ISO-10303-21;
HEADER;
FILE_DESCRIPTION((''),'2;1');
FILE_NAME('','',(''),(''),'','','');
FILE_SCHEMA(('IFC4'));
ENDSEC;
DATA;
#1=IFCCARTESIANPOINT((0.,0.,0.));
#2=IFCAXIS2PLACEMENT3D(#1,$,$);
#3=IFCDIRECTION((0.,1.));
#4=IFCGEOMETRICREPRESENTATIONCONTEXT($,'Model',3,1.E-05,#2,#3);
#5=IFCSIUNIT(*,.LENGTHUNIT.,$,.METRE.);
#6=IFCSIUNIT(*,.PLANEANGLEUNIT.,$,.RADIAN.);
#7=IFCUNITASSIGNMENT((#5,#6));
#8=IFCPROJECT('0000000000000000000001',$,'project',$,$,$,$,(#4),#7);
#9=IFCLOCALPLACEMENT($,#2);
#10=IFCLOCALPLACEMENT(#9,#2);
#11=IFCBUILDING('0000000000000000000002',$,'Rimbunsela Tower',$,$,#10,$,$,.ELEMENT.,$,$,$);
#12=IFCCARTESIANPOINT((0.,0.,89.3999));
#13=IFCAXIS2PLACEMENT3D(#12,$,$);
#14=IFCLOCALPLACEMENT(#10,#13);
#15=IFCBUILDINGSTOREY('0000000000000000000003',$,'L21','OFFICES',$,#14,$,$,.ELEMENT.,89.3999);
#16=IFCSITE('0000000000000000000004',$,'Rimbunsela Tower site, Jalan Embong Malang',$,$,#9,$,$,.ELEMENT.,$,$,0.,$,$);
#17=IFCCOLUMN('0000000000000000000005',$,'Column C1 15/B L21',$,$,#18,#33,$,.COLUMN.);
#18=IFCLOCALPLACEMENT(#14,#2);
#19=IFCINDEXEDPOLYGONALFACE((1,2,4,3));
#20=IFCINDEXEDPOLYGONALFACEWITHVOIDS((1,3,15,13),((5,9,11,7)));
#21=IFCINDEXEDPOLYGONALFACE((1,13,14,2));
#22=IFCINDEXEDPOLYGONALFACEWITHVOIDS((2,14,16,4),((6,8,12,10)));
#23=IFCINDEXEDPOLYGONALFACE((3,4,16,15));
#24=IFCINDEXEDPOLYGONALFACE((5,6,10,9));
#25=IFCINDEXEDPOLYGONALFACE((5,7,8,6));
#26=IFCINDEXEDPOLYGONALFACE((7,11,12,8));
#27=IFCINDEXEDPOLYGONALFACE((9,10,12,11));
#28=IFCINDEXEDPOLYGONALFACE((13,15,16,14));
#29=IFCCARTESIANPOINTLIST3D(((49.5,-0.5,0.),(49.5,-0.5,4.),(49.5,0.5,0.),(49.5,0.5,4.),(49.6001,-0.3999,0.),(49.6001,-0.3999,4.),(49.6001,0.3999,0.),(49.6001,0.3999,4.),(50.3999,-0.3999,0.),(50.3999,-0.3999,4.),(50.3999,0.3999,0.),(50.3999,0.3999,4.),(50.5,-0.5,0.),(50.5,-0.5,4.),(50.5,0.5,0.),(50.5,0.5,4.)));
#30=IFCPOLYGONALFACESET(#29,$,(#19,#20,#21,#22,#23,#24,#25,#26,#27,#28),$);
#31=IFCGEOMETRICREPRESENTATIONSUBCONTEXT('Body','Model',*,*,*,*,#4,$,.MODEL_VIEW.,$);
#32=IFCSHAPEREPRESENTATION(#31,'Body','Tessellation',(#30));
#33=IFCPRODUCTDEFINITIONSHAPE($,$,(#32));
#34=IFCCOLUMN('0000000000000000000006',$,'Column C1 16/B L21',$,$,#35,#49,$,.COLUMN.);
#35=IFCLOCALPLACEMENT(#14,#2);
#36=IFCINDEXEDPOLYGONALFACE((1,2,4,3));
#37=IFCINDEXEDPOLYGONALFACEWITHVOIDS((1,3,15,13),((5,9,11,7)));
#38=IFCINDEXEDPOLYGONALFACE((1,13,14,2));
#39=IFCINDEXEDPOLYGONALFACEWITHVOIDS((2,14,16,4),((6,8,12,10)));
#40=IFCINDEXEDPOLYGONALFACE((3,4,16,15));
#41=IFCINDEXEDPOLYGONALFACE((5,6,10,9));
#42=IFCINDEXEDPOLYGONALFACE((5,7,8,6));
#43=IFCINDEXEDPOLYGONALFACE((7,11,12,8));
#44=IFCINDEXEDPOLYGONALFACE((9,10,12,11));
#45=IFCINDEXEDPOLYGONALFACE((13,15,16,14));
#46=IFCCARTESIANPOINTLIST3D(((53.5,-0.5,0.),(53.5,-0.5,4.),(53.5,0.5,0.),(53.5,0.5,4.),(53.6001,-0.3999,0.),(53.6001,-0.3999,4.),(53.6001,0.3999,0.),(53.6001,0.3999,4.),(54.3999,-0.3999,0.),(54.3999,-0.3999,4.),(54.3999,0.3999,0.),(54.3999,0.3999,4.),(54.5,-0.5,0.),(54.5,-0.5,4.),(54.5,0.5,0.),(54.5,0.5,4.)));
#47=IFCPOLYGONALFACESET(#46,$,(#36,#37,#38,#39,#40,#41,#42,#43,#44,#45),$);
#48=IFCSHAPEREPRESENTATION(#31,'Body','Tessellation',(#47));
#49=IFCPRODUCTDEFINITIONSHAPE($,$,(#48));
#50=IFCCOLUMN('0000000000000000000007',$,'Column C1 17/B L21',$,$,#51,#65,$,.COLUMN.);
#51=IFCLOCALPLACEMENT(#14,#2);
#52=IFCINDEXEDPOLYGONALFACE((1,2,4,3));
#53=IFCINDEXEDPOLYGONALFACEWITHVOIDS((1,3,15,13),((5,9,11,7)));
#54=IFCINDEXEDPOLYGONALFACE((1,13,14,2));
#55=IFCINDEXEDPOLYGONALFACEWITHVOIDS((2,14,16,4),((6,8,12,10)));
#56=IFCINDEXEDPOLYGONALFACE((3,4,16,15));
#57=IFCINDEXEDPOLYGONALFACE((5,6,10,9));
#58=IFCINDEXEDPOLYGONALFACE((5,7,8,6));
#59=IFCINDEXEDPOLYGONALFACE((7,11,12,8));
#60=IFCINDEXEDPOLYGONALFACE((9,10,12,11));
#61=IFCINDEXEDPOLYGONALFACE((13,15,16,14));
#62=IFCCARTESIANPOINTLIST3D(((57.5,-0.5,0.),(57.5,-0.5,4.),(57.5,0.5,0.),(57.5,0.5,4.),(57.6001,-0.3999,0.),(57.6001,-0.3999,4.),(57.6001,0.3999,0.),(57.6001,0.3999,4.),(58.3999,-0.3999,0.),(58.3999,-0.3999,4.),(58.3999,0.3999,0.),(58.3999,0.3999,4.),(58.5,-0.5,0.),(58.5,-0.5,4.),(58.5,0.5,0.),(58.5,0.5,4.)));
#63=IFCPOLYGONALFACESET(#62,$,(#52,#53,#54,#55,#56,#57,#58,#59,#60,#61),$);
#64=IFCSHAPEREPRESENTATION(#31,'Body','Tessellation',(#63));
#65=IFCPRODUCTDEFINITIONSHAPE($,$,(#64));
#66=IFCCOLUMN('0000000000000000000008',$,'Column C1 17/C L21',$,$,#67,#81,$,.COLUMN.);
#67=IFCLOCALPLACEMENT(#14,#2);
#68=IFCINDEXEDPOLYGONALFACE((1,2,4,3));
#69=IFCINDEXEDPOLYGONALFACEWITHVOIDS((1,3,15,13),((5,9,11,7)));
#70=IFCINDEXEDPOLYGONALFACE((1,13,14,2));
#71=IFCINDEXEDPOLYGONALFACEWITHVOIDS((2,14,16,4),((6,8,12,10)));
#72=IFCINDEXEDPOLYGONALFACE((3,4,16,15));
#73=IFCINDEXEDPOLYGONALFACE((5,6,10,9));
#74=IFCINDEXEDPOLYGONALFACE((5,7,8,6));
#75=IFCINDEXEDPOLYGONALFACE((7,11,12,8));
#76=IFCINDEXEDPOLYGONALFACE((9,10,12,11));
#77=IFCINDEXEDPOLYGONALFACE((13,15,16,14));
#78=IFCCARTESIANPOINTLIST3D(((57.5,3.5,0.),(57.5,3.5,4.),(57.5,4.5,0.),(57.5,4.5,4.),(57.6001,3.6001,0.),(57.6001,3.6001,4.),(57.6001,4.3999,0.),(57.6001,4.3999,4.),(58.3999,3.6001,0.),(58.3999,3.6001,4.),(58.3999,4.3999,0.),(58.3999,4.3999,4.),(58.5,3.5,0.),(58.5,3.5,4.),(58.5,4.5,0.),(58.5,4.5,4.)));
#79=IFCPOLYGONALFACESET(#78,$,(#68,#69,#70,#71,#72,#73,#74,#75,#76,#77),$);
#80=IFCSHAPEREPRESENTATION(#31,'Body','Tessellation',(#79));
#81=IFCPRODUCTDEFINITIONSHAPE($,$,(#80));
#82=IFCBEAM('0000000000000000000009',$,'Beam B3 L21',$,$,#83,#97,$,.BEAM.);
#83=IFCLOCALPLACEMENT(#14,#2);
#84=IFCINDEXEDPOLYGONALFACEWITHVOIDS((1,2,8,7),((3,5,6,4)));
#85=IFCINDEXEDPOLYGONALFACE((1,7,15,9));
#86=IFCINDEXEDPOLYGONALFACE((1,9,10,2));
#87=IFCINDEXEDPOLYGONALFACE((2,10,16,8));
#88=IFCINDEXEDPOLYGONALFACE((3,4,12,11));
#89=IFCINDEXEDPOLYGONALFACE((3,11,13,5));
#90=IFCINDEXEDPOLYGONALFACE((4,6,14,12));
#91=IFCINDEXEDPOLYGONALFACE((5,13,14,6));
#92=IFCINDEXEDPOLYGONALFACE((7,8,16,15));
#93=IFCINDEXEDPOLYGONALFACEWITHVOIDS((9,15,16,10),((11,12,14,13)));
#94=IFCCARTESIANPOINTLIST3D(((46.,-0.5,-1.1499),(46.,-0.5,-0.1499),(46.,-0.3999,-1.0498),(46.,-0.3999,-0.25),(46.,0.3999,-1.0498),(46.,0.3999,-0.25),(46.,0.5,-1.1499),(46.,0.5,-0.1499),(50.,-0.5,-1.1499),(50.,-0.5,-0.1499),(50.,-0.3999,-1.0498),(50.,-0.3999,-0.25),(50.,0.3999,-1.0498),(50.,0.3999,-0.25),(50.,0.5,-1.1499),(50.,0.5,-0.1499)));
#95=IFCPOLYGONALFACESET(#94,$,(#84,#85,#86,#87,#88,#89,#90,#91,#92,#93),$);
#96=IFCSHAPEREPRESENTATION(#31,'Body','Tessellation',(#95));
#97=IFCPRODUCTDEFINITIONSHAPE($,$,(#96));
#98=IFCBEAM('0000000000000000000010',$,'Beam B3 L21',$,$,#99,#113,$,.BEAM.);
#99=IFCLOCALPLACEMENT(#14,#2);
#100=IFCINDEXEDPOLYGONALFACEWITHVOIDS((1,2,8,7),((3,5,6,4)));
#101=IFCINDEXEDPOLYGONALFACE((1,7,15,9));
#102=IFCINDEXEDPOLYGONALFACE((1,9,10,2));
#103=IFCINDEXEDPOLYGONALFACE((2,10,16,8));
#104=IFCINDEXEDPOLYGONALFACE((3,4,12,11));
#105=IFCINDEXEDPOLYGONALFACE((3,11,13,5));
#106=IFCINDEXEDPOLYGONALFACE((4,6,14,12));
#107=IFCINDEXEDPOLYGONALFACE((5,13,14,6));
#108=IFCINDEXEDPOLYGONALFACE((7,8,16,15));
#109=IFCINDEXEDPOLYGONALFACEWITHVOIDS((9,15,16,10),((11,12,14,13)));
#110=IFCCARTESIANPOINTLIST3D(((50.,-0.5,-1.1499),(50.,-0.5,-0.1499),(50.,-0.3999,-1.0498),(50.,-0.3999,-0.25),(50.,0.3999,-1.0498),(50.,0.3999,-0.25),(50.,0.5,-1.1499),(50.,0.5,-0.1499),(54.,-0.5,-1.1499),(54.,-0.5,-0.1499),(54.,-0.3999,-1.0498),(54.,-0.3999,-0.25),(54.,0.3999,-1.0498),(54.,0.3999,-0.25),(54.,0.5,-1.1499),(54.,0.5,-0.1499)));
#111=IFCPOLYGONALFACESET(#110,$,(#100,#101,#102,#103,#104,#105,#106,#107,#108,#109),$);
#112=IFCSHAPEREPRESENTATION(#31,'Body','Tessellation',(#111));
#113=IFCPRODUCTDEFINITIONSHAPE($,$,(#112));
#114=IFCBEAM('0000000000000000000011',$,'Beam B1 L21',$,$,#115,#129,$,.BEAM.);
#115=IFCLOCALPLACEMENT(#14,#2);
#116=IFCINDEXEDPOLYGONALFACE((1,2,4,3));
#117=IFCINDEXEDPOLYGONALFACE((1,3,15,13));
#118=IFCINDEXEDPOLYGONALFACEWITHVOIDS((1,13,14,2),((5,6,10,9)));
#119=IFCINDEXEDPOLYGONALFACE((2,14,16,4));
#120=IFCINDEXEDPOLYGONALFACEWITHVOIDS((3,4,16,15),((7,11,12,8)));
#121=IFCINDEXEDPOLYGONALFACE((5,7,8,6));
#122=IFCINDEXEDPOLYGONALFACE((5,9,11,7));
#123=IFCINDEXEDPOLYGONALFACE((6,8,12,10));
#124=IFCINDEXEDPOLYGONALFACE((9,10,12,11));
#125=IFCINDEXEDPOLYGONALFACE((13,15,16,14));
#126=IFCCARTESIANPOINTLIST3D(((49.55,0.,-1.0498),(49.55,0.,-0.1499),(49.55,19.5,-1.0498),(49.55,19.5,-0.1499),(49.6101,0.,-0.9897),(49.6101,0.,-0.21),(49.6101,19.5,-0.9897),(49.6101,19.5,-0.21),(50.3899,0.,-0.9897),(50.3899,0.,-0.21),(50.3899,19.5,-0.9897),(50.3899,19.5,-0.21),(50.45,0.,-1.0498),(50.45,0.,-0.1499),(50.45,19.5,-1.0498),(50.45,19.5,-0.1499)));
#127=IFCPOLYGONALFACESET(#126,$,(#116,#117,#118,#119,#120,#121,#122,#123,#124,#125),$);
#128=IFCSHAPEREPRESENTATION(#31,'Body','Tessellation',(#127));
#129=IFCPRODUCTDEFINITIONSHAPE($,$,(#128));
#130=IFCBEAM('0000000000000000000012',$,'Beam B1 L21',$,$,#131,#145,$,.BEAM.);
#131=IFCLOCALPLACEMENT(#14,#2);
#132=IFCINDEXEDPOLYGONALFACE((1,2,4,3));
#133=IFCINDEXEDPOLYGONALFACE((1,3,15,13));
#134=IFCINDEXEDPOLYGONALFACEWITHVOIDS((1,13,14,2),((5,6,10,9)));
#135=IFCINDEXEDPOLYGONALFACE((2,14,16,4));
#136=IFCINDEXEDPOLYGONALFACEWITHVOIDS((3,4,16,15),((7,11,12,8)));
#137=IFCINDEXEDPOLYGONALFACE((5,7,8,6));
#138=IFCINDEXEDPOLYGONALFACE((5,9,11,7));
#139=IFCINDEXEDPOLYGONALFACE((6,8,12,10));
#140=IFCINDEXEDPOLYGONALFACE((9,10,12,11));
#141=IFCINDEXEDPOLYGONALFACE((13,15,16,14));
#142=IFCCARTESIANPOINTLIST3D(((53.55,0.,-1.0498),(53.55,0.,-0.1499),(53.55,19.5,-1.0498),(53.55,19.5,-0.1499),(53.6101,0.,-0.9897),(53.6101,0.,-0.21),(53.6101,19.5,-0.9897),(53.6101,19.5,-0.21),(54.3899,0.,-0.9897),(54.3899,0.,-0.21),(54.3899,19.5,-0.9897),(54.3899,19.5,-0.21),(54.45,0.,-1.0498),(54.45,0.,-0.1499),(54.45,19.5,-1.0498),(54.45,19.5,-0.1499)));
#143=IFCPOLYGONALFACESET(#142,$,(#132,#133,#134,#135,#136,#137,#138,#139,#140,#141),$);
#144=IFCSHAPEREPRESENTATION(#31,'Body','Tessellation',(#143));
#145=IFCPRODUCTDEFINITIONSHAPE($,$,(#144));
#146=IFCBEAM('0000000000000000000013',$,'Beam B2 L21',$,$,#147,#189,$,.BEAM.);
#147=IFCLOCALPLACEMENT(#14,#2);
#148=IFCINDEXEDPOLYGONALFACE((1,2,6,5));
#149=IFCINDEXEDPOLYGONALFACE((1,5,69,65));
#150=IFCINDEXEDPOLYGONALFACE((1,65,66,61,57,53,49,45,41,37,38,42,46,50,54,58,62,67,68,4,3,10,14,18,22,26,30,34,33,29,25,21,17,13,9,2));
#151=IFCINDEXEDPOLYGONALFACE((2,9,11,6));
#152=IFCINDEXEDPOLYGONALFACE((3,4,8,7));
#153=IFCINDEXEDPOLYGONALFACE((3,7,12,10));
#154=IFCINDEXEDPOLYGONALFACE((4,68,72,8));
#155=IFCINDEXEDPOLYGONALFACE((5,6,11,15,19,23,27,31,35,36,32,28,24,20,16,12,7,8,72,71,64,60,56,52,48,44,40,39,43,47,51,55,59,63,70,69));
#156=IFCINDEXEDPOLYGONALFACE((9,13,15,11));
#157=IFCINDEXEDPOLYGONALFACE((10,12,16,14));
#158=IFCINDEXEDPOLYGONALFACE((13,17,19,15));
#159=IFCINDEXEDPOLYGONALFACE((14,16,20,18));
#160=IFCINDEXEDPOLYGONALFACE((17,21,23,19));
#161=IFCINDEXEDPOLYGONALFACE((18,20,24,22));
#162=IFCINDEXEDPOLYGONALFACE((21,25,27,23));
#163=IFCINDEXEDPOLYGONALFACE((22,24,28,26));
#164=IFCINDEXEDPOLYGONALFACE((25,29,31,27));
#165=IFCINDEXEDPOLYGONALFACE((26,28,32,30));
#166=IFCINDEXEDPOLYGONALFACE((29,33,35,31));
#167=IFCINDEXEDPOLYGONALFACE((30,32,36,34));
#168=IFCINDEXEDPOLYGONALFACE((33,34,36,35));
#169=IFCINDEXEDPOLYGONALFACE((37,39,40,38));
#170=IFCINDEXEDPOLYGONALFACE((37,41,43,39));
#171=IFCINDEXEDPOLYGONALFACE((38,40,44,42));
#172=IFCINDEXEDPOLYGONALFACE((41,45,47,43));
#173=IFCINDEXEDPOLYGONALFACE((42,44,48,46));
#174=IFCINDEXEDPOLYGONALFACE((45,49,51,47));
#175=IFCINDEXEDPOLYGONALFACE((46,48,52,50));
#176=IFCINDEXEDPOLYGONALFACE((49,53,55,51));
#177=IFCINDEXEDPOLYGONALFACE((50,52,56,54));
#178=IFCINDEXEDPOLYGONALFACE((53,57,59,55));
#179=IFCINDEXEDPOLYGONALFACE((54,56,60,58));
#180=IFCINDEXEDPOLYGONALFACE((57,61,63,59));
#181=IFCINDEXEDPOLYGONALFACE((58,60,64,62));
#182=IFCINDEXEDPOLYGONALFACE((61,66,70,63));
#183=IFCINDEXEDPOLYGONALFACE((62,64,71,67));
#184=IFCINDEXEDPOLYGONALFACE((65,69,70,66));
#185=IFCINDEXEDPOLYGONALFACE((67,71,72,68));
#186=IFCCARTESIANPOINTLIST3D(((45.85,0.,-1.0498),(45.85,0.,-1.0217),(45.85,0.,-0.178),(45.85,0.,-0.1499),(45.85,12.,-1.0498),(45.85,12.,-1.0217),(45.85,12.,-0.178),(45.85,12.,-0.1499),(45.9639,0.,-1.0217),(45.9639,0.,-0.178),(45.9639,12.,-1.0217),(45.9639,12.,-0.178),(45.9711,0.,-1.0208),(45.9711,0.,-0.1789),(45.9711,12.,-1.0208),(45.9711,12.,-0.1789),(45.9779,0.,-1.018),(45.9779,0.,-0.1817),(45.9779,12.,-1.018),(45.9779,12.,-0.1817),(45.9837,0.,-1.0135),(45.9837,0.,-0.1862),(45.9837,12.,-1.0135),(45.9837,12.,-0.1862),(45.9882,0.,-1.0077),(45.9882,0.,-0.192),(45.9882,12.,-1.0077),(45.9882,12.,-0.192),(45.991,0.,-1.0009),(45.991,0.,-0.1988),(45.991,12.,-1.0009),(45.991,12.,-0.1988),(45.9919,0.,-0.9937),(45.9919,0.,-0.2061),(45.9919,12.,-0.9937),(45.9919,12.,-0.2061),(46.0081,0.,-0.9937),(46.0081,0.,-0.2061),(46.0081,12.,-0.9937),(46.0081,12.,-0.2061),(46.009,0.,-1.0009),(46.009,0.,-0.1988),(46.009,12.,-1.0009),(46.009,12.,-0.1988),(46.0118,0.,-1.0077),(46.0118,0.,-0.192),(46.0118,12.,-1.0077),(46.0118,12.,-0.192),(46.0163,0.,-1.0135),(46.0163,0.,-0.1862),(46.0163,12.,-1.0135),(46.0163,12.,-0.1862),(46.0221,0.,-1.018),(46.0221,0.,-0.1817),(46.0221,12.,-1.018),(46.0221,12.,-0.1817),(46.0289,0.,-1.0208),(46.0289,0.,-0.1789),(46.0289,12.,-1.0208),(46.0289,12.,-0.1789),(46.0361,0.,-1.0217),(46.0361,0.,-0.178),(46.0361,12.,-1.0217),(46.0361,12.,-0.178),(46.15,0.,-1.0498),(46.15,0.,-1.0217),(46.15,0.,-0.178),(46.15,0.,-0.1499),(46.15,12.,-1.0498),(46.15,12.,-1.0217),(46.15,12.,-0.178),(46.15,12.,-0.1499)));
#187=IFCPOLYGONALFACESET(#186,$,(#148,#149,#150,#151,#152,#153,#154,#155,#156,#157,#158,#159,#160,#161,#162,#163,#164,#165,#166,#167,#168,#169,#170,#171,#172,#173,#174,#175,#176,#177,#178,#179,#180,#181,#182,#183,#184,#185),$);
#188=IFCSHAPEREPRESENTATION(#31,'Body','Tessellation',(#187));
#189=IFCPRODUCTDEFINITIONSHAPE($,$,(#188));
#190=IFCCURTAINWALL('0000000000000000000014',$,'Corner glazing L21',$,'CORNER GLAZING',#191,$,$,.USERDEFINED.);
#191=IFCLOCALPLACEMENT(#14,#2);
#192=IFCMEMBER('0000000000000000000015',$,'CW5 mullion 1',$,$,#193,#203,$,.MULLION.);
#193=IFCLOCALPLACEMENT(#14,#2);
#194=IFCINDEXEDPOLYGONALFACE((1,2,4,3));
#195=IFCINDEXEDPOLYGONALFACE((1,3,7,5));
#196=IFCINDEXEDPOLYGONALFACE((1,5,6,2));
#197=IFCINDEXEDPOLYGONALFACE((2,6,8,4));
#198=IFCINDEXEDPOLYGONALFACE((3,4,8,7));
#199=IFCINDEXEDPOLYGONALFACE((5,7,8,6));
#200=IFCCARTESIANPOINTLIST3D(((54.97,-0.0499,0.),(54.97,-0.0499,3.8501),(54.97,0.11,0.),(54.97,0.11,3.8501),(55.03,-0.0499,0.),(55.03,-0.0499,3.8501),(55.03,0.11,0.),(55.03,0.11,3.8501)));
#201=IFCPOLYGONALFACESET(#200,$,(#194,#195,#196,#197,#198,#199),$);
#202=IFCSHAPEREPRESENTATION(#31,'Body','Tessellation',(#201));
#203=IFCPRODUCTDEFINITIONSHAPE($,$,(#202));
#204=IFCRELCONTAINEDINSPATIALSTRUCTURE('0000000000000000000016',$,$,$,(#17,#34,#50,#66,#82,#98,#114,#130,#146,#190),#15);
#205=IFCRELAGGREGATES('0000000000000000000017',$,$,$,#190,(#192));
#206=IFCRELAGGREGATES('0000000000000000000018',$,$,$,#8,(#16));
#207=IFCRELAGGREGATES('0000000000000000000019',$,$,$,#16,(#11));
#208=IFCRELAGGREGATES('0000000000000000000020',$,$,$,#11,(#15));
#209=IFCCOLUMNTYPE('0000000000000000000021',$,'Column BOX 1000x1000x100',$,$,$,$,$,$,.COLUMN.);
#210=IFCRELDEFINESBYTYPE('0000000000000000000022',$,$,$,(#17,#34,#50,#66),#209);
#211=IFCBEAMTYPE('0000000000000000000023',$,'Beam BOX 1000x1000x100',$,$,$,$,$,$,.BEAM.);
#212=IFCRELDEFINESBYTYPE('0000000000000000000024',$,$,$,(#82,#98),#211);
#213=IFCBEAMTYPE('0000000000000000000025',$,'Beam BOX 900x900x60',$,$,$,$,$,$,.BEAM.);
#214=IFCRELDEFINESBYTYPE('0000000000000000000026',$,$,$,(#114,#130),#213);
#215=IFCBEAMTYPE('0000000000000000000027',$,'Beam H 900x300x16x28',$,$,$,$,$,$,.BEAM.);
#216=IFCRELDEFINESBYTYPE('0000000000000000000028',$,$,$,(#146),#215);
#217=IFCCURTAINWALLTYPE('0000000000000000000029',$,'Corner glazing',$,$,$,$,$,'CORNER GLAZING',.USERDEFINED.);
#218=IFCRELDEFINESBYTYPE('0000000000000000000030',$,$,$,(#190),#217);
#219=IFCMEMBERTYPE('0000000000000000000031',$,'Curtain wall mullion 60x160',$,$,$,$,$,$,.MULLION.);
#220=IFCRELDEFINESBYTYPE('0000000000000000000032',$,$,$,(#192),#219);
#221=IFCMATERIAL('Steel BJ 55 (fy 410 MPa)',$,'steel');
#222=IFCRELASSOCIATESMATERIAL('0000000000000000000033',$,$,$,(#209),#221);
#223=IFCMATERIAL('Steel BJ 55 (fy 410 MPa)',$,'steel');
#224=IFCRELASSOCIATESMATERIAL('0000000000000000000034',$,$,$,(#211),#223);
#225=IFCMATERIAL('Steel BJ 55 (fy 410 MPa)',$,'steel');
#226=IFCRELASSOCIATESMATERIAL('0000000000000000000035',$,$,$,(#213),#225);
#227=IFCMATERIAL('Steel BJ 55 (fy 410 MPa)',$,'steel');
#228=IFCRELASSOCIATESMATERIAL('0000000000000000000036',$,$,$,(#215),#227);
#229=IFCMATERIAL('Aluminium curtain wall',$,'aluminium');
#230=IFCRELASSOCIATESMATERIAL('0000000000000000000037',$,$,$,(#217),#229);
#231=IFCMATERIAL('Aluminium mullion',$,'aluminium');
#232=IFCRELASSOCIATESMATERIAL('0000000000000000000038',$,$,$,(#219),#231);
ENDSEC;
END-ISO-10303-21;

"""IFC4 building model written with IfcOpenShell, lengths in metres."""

from ifc_helpers import new_model, si_unit, direction, frame, origin, origin_2d, place, context, subcontext, project, spatial, rectangle, hollow_rectangle, i_section, extrude, material, material_profile, profile_set, type_object, element, aggregate, save


model = new_model("IFC4")

# Units and contexts
model_context = context("Model", 3, precision=1e-05, world=origin(), true_north=direction((0.0, 1.0)))
body_context = subcontext(model_context, "Body", "Model", "MODEL_VIEW")
ifc_project = project(units=[si_unit("LENGTHUNIT", "METRE"), si_unit("PLANEANGLEUNIT", "RADIAN")], contexts=[model_context])

# Site, building, storey
site_placement = place(None, origin())
site = spatial("IfcSite", under=ifc_project, at=site_placement, Name="Rimbunsela Tower site, Jalan Embong Malang", CompositionType="ELEMENT", RefElevation=0.0)
building_placement = place(site_placement, origin())
building = spatial("IfcBuilding", under=site, at=building_placement, Name="Rimbunsela Tower", CompositionType="ELEMENT")
storey_placement = place(building_placement, frame((0.0, 0.0, 89.3999)))
storey = spatial("IfcBuildingStorey", under=building, at=storey_placement, Name="L21", Description="OFFICES", CompositionType="ELEMENT", Elevation=89.3999)

# Columns
ifc_material_1 = material(Name="Steel BJ 55 (fy 410 MPa)", Category="steel")
ifc_material_profile_1 = material_profile(ifc_material_1, hollow_rectangle(XDim=1.0, YDim=1.0, WallThickness=0.1001, at=origin_2d()), Name="BOX 1000x1000x100")
ifc_profile_set_1 = profile_set([ifc_material_profile_1], Name="Steel BJ 55 (fy 410 MPa)")
column_type = type_object("IfcColumnType", Name="Column BOX 1000x1000x100", PredefinedType="COLUMN", material=ifc_profile_set_1)
for number, where, z_axis, x_axis, name in (
    (1, (50.0, 0.0, 0.0), (0.0, 0.0, 1.0), (1.0, 0.0, 0.0), "Column C1 15/B L21"),
    (2, (54.0, 0.0, 0.0), (0.0, 0.0, 1.0), (1.0, 0.0, 0.0), "Column C1 16/B L21"),
    (3, (58.0, 0.0, 0.0), (0.0, 0.0, 1.0), (1.0, 0.0, 0.0), "Column C1 17/B L21"),
    (4, (58.0, 4.0, 0.0), (0.0, 0.0, 1.0), (1.0, 0.0, 0.0), "Column C1 17/C L21"),
):
    element("IfcColumn", number, at=place(storey_placement, frame(where, z_axis=z_axis, x_axis=x_axis)), inside=storey, type_object=column_type, Name=name, PredefinedType="COLUMN", context=body_context, shape_type="SweptSolid", body=[
        extrude(hollow_rectangle(XDim=1.0, YDim=1.0, WallThickness=0.1001, at=origin_2d()), origin(), (0.0, 0.0, 1.0), 4.0),
    ])

# Beams
ifc_material_2 = material(Name="Steel BJ 55 (fy 410 MPa)", Category="steel")
ifc_material_profile_2 = material_profile(ifc_material_2, hollow_rectangle(XDim=1.0, YDim=1.0, WallThickness=0.1001, at=origin_2d()), Name="BOX 1000x1000x100")
ifc_profile_set_2 = profile_set([ifc_material_profile_2], Name="Steel BJ 55 (fy 410 MPa)")
beam_type_1 = type_object("IfcBeamType", Name="Beam BOX 1000x1000x100", PredefinedType="BEAM", material=ifc_profile_set_2)
for number, where, z_axis, x_axis, name in (
    (5, (46.0, 0.0, -0.6499), (1.0, 0.0, 0.0), (0.0, 1.0, 0.0), "Beam B3 L21"),
    (6, (50.0, 0.0, -0.6499), (1.0, 0.0, 0.0), (0.0, 1.0, 0.0), "Beam B3 L21"),
):
    element("IfcBeam", number, at=place(storey_placement, frame(where, z_axis=z_axis, x_axis=x_axis)), inside=storey, type_object=beam_type_1, Name=name, PredefinedType="BEAM", context=body_context, shape_type="SweptSolid", body=[
        extrude(hollow_rectangle(XDim=1.0, YDim=1.0, WallThickness=0.1001, at=origin_2d()), origin(), (0.0, 0.0, 1.0), 4.0),
    ])
ifc_material_3 = material(Name="Steel BJ 55 (fy 410 MPa)", Category="steel")
ifc_material_profile_3 = material_profile(ifc_material_3, hollow_rectangle(XDim=0.8999, YDim=0.8999, WallThickness=0.0601, at=origin_2d()), Name="BOX 900x900x60")
ifc_profile_set_3 = profile_set([ifc_material_profile_3], Name="Steel BJ 55 (fy 410 MPa)")
beam_type_2 = type_object("IfcBeamType", Name="Beam BOX 900x900x60", PredefinedType="BEAM", material=ifc_profile_set_3)
for number, where, z_axis, x_axis, name in (
    (7, (50.0, 0.0, -0.5999), (0.0, 1.0, 0.0), (-1.0, 0.0, 0.0), "Beam B1 L21"),
    (8, (54.0, 0.0, -0.5999), (0.0, 1.0, 0.0), (-1.0, 0.0, 0.0), "Beam B1 L21"),
):
    element("IfcBeam", number, at=place(storey_placement, frame(where, z_axis=z_axis, x_axis=x_axis)), inside=storey, type_object=beam_type_2, Name=name, PredefinedType="BEAM", context=body_context, shape_type="SweptSolid", body=[
        extrude(hollow_rectangle(XDim=0.8999, YDim=0.8999, WallThickness=0.0601, at=origin_2d()), origin(), (0.0, 0.0, 1.0), 19.5),
    ])
ifc_material_4 = material(Name="Steel BJ 55 (fy 410 MPa)", Category="steel")
ifc_material_profile_4 = material_profile(ifc_material_4, i_section(OverallWidth=0.3, OverallDepth=0.8999, WebThickness=0.0161, FlangeThickness=0.0281, FilletRadius=0.0281, at=origin_2d()), Name="H 900x300x16x28")
ifc_profile_set_4 = profile_set([ifc_material_profile_4], Name="Steel BJ 55 (fy 410 MPa)")
beam_type_3 = type_object("IfcBeamType", Name="Beam H 900x300x16x28", PredefinedType="BEAM", material=ifc_profile_set_4)
beam_placement = place(storey_placement, frame((46.0, 0.0, -0.5999), z_axis=(0.0, 1.0, 0.0), x_axis=(-1.0, 0.0, 0.0)))
element("IfcBeam", 9, at=beam_placement, inside=storey, type_object=beam_type_3, Name="Beam B2 L21", PredefinedType="BEAM", context=body_context, shape_type="SweptSolid", body=[
    extrude(i_section(OverallWidth=0.3, OverallDepth=0.8999, WebThickness=0.0161, FlangeThickness=0.0281, FilletRadius=0.0281, at=origin_2d()), origin(), (0.0, 0.0, 1.0), 12.0),
])

# Curtain wall, member
ifc_material_5 = material(Name="Aluminium curtain wall", Category="aluminium")
curtain_wall_type = type_object("IfcCurtainWallType", Name="Corner glazing", ElementType="CORNER GLAZING", PredefinedType="USERDEFINED", material=ifc_material_5)
curtain_wall_1_placement = place(storey_placement, origin())
curtain_wall_1 = element("IfcCurtainWall", 10, at=curtain_wall_1_placement, inside=storey, type_object=curtain_wall_type, Name="Corner glazing L21", ObjectType="CORNER GLAZING", PredefinedType="USERDEFINED")
ifc_material_6 = material(Name="Aluminium mullion", Category="aluminium")
ifc_material_profile_5 = material_profile(ifc_material_6, rectangle(XDim=0.0601, YDim=0.1599, at=origin_2d()), Name="Mullion 60x160")
ifc_profile_set_5 = profile_set([ifc_material_profile_5], Name="Aluminium mullion")
member_type_1 = type_object("IfcMemberType", Name="Curtain wall mullion 60x160", PredefinedType="MULLION", material=ifc_profile_set_5)
member_1_placement = place(storey_placement, frame((55.0, 0.03, 0.0), z_axis=(0.0, 0.0, 1.0), x_axis=(-1.0, 0.0, 0.0)))
member_1 = element("IfcMember", 11, at=member_1_placement, type_object=member_type_1, Name="CW5 mullion 1", PredefinedType="MULLION", context=body_context, shape_type="SweptSolid", body=[
    extrude(rectangle(XDim=0.0601, YDim=0.1599, at=origin_2d()), origin(), (0.0, 0.0, 1.0), 3.8501),
])

aggregate(curtain_wall_1, [member_1])

save(model, "model.ifc")
